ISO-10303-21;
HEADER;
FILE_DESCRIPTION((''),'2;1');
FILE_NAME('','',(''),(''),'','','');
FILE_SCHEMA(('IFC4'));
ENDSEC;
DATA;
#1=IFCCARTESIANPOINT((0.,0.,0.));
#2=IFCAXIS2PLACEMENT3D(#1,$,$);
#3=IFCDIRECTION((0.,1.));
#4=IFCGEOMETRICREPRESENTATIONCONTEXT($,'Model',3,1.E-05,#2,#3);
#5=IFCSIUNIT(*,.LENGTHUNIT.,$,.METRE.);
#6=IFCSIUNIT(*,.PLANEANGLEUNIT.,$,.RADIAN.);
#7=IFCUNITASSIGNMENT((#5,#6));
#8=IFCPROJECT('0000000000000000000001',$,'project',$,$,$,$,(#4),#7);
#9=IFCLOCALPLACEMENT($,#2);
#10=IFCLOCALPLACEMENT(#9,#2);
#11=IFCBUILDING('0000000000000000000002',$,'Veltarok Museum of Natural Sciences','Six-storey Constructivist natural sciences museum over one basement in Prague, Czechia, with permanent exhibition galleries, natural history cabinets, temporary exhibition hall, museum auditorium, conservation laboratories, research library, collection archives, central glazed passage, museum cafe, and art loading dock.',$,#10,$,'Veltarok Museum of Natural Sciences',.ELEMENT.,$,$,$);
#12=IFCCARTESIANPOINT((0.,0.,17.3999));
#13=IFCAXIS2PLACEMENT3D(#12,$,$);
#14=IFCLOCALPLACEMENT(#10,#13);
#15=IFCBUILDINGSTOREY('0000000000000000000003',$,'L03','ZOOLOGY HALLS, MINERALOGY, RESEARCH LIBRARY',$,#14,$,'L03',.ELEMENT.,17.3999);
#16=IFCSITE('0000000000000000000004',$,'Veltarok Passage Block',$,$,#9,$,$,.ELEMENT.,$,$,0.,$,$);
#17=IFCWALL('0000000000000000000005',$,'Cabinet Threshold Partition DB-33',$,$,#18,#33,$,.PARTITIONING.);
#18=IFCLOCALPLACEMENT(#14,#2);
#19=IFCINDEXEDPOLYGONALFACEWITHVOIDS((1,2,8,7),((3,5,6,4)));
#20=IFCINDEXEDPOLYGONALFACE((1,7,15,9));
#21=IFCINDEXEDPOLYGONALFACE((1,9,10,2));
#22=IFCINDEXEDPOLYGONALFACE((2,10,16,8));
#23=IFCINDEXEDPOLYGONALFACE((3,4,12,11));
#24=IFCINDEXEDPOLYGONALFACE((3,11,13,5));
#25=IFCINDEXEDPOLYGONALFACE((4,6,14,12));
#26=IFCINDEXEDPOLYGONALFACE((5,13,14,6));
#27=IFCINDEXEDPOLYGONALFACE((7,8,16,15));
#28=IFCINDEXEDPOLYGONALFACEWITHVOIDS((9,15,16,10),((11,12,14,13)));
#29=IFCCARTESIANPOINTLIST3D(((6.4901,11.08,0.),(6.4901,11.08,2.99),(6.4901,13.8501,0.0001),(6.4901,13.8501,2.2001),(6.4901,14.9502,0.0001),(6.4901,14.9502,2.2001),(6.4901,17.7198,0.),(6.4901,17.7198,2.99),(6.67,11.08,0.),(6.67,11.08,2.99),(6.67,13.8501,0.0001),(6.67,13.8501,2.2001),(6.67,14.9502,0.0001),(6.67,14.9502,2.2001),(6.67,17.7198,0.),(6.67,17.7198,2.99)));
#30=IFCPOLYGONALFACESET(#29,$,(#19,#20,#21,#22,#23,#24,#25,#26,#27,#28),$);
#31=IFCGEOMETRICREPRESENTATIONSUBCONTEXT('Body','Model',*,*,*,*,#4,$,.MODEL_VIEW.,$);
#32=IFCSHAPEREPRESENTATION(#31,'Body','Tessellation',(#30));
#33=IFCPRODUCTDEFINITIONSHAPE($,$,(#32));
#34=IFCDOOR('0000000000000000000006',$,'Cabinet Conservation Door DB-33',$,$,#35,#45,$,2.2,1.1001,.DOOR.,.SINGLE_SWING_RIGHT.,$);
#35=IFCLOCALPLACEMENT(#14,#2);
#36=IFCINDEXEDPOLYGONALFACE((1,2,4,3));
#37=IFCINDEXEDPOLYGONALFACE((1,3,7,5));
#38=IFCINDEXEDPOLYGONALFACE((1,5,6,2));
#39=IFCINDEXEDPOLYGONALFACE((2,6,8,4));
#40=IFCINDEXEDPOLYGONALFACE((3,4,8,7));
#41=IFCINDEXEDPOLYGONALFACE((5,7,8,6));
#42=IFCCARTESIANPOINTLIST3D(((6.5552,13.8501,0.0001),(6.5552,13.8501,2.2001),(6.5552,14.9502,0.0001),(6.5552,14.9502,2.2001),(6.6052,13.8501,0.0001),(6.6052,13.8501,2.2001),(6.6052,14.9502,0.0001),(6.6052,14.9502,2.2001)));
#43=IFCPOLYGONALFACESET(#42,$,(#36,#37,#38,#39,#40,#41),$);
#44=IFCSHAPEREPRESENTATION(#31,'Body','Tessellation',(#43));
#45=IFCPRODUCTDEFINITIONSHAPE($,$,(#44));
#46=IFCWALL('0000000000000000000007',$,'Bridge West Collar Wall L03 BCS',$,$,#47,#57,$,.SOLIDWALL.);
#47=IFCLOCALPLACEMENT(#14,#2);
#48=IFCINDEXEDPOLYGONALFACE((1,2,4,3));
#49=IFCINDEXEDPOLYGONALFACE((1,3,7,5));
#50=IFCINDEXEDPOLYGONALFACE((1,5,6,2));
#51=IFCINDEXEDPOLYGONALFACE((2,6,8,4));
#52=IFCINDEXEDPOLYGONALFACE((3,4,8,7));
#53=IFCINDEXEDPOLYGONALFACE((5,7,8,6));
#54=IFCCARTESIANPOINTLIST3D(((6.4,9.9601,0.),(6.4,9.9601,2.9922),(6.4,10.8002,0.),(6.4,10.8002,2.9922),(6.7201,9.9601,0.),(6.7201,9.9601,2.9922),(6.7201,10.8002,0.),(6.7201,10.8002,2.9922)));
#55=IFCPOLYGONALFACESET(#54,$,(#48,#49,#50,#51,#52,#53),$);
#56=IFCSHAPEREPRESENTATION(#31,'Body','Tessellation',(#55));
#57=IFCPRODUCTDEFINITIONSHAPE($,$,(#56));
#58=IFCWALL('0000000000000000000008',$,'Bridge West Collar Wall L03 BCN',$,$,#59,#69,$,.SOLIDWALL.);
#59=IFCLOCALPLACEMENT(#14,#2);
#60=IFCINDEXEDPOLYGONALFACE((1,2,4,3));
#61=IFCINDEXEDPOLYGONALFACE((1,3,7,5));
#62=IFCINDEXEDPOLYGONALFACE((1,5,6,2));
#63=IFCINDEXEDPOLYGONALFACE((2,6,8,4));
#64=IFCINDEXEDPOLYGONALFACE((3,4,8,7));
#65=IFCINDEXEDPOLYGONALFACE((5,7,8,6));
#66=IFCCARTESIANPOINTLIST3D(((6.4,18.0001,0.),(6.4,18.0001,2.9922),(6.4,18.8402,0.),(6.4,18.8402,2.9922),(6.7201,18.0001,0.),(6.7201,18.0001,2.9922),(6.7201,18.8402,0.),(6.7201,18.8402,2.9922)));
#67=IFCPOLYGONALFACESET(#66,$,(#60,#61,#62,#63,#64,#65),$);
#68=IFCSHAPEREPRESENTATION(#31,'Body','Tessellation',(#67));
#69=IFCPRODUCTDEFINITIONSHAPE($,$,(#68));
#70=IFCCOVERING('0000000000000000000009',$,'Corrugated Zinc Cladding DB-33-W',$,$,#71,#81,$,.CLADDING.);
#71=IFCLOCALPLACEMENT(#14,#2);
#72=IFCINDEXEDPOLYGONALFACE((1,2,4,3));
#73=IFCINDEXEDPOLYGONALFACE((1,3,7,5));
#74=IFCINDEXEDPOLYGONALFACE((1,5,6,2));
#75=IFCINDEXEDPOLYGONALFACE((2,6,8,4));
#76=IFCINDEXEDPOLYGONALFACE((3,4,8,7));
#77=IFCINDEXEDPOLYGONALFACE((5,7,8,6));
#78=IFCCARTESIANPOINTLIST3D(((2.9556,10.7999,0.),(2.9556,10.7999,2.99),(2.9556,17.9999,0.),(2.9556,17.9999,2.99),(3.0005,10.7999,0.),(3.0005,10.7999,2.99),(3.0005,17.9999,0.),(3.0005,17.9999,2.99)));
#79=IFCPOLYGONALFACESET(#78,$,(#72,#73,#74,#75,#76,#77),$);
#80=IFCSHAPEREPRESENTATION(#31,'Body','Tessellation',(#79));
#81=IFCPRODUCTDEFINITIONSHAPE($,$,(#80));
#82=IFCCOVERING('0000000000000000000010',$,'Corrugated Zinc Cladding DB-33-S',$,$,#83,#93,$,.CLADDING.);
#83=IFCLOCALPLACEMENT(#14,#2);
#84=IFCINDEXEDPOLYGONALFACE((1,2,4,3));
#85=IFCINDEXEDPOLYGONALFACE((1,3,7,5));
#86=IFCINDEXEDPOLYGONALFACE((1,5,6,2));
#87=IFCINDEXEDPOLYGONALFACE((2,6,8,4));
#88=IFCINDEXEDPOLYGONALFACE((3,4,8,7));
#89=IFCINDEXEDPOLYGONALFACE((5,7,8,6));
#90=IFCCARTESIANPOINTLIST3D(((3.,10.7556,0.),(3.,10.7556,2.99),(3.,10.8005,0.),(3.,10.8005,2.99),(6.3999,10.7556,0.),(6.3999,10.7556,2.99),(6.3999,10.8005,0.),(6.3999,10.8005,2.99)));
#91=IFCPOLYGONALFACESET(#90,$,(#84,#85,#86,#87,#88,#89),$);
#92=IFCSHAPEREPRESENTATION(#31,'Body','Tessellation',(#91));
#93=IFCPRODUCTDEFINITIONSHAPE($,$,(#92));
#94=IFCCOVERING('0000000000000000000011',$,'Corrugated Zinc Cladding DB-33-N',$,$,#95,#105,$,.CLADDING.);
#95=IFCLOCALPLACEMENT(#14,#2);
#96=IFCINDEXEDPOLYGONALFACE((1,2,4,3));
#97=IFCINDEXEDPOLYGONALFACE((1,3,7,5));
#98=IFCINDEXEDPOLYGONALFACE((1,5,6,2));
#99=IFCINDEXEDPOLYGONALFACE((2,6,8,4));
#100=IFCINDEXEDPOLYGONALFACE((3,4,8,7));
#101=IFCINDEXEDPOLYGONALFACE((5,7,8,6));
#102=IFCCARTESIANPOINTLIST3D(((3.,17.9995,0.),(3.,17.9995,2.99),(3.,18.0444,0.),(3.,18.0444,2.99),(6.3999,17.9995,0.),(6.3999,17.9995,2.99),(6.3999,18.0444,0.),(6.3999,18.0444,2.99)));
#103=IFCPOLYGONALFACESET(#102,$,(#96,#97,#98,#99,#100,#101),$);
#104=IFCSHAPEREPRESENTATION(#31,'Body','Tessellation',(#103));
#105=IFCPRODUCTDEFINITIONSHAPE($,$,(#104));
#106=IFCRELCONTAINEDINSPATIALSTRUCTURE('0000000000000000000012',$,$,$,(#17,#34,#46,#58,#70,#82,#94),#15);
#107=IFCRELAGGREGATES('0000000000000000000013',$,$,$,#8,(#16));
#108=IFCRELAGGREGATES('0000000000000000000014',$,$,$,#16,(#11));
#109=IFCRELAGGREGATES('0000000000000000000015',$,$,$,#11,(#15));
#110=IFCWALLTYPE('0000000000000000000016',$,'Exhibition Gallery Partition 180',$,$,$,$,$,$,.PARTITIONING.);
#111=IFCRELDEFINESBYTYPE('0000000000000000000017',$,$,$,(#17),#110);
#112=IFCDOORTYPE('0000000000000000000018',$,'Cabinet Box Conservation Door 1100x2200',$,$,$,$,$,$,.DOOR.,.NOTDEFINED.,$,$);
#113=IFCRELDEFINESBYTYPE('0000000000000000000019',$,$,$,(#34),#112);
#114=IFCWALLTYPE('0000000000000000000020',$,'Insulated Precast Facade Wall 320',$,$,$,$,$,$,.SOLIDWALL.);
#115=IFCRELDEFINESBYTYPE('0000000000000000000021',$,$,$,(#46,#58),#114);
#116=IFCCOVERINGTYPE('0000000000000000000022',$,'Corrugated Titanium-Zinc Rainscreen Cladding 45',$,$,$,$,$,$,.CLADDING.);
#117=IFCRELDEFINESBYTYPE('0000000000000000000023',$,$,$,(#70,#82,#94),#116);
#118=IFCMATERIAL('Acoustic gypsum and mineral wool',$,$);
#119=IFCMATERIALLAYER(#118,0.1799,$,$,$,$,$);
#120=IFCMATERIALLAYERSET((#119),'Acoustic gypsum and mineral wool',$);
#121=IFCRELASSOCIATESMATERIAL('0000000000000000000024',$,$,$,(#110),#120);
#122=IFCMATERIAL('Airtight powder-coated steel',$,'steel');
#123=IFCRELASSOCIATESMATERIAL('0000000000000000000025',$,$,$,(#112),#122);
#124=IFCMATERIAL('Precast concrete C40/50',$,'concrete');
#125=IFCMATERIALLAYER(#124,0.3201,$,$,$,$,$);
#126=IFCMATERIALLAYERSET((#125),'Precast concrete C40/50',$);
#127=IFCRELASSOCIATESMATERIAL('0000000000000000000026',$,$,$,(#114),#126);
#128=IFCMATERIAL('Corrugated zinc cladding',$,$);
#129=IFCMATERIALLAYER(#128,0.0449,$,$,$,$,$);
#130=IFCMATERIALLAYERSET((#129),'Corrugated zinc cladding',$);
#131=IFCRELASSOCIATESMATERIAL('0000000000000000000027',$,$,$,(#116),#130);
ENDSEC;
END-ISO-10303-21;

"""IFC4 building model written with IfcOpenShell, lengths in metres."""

from ifc_helpers import new_model, si_unit, direction, frame, frame_2d, origin, place, context, subcontext, project, spatial, rectangle, extrude, material, layer, layer_set, type_object, element, fill, save


model = new_model("IFC4")

# Units and contexts
model_context = context("Model", 3, precision=1e-05, world=origin(), true_north=direction((0.0, 1.0)))
body_context = subcontext(model_context, "Body", "Model", "MODEL_VIEW")
ifc_project = project(units=[si_unit("LENGTHUNIT", "METRE"), si_unit("PLANEANGLEUNIT", "RADIAN")], contexts=[model_context])

# Site, building, storey
site_placement = place(None, origin())
site = spatial("IfcSite", under=ifc_project, at=site_placement, Name="Veltarok Passage Block", CompositionType="ELEMENT", RefElevation=0.0)
building_placement = place(site_placement, origin())
building = spatial("IfcBuilding", under=site, at=building_placement, Name="Veltarok Museum of Natural Sciences", Description="Six-storey Constructivist natural sciences museum over one basement in Prague, Czechia, with permanent exhibition galleries, natural history cabinets, temporary exhibition hall, museum auditorium, conservation laboratories, research library, collection archives, central glazed passage, museum cafe, and art loading dock.", LongName="Veltarok Museum of Natural Sciences", CompositionType="ELEMENT")
storey_placement = place(building_placement, frame((0.0, 0.0, 17.3999)))
storey = spatial("IfcBuildingStorey", under=building, at=storey_placement, Name="L03", Description="ZOOLOGY HALLS, MINERALOGY, RESEARCH LIBRARY", LongName="L03", CompositionType="ELEMENT", Elevation=17.3999)

# Shared definitions
ifc_material_1 = material(Name="Precast concrete C40/50", Category="concrete")

# Wall, opening, door
ifc_material_2 = material(Name="Acoustic gypsum and mineral wool")
ifc_layer_1 = layer(ifc_material_2, 0.1799)
ifc_layer_set_1 = layer_set([ifc_layer_1], Name="Acoustic gypsum and mineral wool")
wall_type_1 = type_object("IfcWallType", Name="Exhibition Gallery Partition 180", PredefinedType="PARTITIONING", material=ifc_layer_set_1)
wall_1_placement = place(storey_placement, frame((6.5801, 11.0801, 0.0), z_axis=(0.0, 0.0, 1.0), x_axis=(0.0, 1.0, 0.0)))
wall_1 = element("IfcWall", 1, at=wall_1_placement, inside=storey, type_object=wall_type_1, Name="Cabinet Threshold Partition DB-33", PredefinedType="PARTITIONING", context=body_context, shape_type="SweptSolid", body=[
    extrude(rectangle(XDim=6.6399, YDim=0.1799, at=frame_2d((3.3198, 0.0))), origin(), (0.0, 0.0, 1.0), 2.99),
])
opening_placement = place(wall_1_placement, frame((2.77, 0.0, 0.0)))
opening = element("IfcOpeningElement", 2, at=opening_placement, cuts=wall_1, PredefinedType="OPENING", context=body_context, shape_type="SweptSolid", body=[
    extrude(rectangle(XDim=1.1001, YDim=2.2, at=frame_2d((0.55, 1.1001))), frame((0.0, 0.1001, 0.0), z_axis=(0.0, -1.0, 0.0), x_axis=(1.0, 0.0, 0.0)), (0.0, 0.0, 1.0), 0.2),
])
ifc_material_3 = material(Name="Airtight powder-coated steel", Category="steel")
door_type = type_object("IfcDoorType", Name="Cabinet Box Conservation Door 1100x2200", OperationType="NOTDEFINED", PredefinedType="DOOR", material=ifc_material_3)
door_placement = place(opening_placement, origin())
door = element("IfcDoor", 3, at=door_placement, inside=storey, type_object=door_type, Name="Cabinet Conservation Door DB-33", OperationType="SINGLE_SWING_RIGHT", OverallHeight=2.2, OverallWidth=1.1001, PredefinedType="DOOR", context=body_context, shape_type="SweptSolid", body=[
    extrude(rectangle(XDim=1.1001, YDim=2.2, at=frame_2d((0.55, 1.1001))), frame((0.0, 0.0249, 0.0), z_axis=(0.0, -1.0, 0.0), x_axis=(1.0, 0.0, 0.0)), (0.0, 0.0, 1.0), 0.05),
])
fill(opening, door)

# Walls
ifc_layer_2 = layer(ifc_material_1, 0.3201)
ifc_layer_set_2 = layer_set([ifc_layer_2], Name="Precast concrete C40/50")
wall_type_2 = type_object("IfcWallType", Name="Insulated Precast Facade Wall 320", PredefinedType="SOLIDWALL", material=ifc_layer_set_2)
for number, where, z_axis, x_axis, name in (
    (4, (6.5601, 10.8, 0.0), (0.0, 0.0, 1.0), (0.0, -1.0, 0.0), "Bridge West Collar Wall L03 BCS"),
    (5, (6.5601, 18.8401, 0.0), (0.0, 0.0, 1.0), (0.0, -1.0, 0.0), "Bridge West Collar Wall L03 BCN"),
):
    element("IfcWall", number, at=place(storey_placement, frame(where, z_axis=z_axis, x_axis=x_axis)), inside=storey, type_object=wall_type_2, Name=name, PredefinedType="SOLIDWALL", context=body_context, shape_type="SweptSolid", body=[
        extrude(rectangle(XDim=0.8401, YDim=0.3201, at=frame_2d((0.4199, 0.0))), origin(), (0.0, 0.0, 1.0), 2.9922),
    ])

# Coverings
ifc_material_4 = material(Name="Corrugated zinc cladding")
ifc_layer_3 = layer(ifc_material_4, 0.0449)
ifc_layer_set_3 = layer_set([ifc_layer_3], Name="Corrugated zinc cladding")
covering_type = type_object("IfcCoveringType", Name="Corrugated Titanium-Zinc Rainscreen Cladding 45", PredefinedType="CLADDING", material=ifc_layer_set_3)
covering_placement = place(storey_placement, frame((2.978, 18.0, 0.0), z_axis=(0.0, 0.0, 1.0), x_axis=(0.0, -1.0, 0.0)))
element("IfcCovering", 6, at=covering_placement, inside=storey, type_object=covering_type, Name="Corrugated Zinc Cladding DB-33-W", PredefinedType="CLADDING", context=body_context, shape_type="SweptSolid", body=[
    extrude(rectangle(XDim=7.2, YDim=0.0449, at=frame_2d((3.6001, 0.0))), origin(), (0.0, 0.0, 1.0), 2.99),
])
for number, where, z_axis, x_axis, name in (
    (7, (3.0, 10.7781, 0.0), (0.0, 0.0, 1.0), (1.0, 0.0, 0.0), "Corrugated Zinc Cladding DB-33-S"),
    (8, (6.3999, 18.022, 0.0), (0.0, 0.0, 1.0), (-1.0, 0.0, 0.0), "Corrugated Zinc Cladding DB-33-N"),
):
    element("IfcCovering", number, at=place(storey_placement, frame(where, z_axis=z_axis, x_axis=x_axis)), inside=storey, type_object=covering_type, Name=name, PredefinedType="CLADDING", context=body_context, shape_type="SweptSolid", body=[
        extrude(rectangle(XDim=3.3999, YDim=0.0449, at=frame_2d((1.7, 0.0))), origin(), (0.0, 0.0, 1.0), 2.99),
    ])

save(model, "model.ifc")
